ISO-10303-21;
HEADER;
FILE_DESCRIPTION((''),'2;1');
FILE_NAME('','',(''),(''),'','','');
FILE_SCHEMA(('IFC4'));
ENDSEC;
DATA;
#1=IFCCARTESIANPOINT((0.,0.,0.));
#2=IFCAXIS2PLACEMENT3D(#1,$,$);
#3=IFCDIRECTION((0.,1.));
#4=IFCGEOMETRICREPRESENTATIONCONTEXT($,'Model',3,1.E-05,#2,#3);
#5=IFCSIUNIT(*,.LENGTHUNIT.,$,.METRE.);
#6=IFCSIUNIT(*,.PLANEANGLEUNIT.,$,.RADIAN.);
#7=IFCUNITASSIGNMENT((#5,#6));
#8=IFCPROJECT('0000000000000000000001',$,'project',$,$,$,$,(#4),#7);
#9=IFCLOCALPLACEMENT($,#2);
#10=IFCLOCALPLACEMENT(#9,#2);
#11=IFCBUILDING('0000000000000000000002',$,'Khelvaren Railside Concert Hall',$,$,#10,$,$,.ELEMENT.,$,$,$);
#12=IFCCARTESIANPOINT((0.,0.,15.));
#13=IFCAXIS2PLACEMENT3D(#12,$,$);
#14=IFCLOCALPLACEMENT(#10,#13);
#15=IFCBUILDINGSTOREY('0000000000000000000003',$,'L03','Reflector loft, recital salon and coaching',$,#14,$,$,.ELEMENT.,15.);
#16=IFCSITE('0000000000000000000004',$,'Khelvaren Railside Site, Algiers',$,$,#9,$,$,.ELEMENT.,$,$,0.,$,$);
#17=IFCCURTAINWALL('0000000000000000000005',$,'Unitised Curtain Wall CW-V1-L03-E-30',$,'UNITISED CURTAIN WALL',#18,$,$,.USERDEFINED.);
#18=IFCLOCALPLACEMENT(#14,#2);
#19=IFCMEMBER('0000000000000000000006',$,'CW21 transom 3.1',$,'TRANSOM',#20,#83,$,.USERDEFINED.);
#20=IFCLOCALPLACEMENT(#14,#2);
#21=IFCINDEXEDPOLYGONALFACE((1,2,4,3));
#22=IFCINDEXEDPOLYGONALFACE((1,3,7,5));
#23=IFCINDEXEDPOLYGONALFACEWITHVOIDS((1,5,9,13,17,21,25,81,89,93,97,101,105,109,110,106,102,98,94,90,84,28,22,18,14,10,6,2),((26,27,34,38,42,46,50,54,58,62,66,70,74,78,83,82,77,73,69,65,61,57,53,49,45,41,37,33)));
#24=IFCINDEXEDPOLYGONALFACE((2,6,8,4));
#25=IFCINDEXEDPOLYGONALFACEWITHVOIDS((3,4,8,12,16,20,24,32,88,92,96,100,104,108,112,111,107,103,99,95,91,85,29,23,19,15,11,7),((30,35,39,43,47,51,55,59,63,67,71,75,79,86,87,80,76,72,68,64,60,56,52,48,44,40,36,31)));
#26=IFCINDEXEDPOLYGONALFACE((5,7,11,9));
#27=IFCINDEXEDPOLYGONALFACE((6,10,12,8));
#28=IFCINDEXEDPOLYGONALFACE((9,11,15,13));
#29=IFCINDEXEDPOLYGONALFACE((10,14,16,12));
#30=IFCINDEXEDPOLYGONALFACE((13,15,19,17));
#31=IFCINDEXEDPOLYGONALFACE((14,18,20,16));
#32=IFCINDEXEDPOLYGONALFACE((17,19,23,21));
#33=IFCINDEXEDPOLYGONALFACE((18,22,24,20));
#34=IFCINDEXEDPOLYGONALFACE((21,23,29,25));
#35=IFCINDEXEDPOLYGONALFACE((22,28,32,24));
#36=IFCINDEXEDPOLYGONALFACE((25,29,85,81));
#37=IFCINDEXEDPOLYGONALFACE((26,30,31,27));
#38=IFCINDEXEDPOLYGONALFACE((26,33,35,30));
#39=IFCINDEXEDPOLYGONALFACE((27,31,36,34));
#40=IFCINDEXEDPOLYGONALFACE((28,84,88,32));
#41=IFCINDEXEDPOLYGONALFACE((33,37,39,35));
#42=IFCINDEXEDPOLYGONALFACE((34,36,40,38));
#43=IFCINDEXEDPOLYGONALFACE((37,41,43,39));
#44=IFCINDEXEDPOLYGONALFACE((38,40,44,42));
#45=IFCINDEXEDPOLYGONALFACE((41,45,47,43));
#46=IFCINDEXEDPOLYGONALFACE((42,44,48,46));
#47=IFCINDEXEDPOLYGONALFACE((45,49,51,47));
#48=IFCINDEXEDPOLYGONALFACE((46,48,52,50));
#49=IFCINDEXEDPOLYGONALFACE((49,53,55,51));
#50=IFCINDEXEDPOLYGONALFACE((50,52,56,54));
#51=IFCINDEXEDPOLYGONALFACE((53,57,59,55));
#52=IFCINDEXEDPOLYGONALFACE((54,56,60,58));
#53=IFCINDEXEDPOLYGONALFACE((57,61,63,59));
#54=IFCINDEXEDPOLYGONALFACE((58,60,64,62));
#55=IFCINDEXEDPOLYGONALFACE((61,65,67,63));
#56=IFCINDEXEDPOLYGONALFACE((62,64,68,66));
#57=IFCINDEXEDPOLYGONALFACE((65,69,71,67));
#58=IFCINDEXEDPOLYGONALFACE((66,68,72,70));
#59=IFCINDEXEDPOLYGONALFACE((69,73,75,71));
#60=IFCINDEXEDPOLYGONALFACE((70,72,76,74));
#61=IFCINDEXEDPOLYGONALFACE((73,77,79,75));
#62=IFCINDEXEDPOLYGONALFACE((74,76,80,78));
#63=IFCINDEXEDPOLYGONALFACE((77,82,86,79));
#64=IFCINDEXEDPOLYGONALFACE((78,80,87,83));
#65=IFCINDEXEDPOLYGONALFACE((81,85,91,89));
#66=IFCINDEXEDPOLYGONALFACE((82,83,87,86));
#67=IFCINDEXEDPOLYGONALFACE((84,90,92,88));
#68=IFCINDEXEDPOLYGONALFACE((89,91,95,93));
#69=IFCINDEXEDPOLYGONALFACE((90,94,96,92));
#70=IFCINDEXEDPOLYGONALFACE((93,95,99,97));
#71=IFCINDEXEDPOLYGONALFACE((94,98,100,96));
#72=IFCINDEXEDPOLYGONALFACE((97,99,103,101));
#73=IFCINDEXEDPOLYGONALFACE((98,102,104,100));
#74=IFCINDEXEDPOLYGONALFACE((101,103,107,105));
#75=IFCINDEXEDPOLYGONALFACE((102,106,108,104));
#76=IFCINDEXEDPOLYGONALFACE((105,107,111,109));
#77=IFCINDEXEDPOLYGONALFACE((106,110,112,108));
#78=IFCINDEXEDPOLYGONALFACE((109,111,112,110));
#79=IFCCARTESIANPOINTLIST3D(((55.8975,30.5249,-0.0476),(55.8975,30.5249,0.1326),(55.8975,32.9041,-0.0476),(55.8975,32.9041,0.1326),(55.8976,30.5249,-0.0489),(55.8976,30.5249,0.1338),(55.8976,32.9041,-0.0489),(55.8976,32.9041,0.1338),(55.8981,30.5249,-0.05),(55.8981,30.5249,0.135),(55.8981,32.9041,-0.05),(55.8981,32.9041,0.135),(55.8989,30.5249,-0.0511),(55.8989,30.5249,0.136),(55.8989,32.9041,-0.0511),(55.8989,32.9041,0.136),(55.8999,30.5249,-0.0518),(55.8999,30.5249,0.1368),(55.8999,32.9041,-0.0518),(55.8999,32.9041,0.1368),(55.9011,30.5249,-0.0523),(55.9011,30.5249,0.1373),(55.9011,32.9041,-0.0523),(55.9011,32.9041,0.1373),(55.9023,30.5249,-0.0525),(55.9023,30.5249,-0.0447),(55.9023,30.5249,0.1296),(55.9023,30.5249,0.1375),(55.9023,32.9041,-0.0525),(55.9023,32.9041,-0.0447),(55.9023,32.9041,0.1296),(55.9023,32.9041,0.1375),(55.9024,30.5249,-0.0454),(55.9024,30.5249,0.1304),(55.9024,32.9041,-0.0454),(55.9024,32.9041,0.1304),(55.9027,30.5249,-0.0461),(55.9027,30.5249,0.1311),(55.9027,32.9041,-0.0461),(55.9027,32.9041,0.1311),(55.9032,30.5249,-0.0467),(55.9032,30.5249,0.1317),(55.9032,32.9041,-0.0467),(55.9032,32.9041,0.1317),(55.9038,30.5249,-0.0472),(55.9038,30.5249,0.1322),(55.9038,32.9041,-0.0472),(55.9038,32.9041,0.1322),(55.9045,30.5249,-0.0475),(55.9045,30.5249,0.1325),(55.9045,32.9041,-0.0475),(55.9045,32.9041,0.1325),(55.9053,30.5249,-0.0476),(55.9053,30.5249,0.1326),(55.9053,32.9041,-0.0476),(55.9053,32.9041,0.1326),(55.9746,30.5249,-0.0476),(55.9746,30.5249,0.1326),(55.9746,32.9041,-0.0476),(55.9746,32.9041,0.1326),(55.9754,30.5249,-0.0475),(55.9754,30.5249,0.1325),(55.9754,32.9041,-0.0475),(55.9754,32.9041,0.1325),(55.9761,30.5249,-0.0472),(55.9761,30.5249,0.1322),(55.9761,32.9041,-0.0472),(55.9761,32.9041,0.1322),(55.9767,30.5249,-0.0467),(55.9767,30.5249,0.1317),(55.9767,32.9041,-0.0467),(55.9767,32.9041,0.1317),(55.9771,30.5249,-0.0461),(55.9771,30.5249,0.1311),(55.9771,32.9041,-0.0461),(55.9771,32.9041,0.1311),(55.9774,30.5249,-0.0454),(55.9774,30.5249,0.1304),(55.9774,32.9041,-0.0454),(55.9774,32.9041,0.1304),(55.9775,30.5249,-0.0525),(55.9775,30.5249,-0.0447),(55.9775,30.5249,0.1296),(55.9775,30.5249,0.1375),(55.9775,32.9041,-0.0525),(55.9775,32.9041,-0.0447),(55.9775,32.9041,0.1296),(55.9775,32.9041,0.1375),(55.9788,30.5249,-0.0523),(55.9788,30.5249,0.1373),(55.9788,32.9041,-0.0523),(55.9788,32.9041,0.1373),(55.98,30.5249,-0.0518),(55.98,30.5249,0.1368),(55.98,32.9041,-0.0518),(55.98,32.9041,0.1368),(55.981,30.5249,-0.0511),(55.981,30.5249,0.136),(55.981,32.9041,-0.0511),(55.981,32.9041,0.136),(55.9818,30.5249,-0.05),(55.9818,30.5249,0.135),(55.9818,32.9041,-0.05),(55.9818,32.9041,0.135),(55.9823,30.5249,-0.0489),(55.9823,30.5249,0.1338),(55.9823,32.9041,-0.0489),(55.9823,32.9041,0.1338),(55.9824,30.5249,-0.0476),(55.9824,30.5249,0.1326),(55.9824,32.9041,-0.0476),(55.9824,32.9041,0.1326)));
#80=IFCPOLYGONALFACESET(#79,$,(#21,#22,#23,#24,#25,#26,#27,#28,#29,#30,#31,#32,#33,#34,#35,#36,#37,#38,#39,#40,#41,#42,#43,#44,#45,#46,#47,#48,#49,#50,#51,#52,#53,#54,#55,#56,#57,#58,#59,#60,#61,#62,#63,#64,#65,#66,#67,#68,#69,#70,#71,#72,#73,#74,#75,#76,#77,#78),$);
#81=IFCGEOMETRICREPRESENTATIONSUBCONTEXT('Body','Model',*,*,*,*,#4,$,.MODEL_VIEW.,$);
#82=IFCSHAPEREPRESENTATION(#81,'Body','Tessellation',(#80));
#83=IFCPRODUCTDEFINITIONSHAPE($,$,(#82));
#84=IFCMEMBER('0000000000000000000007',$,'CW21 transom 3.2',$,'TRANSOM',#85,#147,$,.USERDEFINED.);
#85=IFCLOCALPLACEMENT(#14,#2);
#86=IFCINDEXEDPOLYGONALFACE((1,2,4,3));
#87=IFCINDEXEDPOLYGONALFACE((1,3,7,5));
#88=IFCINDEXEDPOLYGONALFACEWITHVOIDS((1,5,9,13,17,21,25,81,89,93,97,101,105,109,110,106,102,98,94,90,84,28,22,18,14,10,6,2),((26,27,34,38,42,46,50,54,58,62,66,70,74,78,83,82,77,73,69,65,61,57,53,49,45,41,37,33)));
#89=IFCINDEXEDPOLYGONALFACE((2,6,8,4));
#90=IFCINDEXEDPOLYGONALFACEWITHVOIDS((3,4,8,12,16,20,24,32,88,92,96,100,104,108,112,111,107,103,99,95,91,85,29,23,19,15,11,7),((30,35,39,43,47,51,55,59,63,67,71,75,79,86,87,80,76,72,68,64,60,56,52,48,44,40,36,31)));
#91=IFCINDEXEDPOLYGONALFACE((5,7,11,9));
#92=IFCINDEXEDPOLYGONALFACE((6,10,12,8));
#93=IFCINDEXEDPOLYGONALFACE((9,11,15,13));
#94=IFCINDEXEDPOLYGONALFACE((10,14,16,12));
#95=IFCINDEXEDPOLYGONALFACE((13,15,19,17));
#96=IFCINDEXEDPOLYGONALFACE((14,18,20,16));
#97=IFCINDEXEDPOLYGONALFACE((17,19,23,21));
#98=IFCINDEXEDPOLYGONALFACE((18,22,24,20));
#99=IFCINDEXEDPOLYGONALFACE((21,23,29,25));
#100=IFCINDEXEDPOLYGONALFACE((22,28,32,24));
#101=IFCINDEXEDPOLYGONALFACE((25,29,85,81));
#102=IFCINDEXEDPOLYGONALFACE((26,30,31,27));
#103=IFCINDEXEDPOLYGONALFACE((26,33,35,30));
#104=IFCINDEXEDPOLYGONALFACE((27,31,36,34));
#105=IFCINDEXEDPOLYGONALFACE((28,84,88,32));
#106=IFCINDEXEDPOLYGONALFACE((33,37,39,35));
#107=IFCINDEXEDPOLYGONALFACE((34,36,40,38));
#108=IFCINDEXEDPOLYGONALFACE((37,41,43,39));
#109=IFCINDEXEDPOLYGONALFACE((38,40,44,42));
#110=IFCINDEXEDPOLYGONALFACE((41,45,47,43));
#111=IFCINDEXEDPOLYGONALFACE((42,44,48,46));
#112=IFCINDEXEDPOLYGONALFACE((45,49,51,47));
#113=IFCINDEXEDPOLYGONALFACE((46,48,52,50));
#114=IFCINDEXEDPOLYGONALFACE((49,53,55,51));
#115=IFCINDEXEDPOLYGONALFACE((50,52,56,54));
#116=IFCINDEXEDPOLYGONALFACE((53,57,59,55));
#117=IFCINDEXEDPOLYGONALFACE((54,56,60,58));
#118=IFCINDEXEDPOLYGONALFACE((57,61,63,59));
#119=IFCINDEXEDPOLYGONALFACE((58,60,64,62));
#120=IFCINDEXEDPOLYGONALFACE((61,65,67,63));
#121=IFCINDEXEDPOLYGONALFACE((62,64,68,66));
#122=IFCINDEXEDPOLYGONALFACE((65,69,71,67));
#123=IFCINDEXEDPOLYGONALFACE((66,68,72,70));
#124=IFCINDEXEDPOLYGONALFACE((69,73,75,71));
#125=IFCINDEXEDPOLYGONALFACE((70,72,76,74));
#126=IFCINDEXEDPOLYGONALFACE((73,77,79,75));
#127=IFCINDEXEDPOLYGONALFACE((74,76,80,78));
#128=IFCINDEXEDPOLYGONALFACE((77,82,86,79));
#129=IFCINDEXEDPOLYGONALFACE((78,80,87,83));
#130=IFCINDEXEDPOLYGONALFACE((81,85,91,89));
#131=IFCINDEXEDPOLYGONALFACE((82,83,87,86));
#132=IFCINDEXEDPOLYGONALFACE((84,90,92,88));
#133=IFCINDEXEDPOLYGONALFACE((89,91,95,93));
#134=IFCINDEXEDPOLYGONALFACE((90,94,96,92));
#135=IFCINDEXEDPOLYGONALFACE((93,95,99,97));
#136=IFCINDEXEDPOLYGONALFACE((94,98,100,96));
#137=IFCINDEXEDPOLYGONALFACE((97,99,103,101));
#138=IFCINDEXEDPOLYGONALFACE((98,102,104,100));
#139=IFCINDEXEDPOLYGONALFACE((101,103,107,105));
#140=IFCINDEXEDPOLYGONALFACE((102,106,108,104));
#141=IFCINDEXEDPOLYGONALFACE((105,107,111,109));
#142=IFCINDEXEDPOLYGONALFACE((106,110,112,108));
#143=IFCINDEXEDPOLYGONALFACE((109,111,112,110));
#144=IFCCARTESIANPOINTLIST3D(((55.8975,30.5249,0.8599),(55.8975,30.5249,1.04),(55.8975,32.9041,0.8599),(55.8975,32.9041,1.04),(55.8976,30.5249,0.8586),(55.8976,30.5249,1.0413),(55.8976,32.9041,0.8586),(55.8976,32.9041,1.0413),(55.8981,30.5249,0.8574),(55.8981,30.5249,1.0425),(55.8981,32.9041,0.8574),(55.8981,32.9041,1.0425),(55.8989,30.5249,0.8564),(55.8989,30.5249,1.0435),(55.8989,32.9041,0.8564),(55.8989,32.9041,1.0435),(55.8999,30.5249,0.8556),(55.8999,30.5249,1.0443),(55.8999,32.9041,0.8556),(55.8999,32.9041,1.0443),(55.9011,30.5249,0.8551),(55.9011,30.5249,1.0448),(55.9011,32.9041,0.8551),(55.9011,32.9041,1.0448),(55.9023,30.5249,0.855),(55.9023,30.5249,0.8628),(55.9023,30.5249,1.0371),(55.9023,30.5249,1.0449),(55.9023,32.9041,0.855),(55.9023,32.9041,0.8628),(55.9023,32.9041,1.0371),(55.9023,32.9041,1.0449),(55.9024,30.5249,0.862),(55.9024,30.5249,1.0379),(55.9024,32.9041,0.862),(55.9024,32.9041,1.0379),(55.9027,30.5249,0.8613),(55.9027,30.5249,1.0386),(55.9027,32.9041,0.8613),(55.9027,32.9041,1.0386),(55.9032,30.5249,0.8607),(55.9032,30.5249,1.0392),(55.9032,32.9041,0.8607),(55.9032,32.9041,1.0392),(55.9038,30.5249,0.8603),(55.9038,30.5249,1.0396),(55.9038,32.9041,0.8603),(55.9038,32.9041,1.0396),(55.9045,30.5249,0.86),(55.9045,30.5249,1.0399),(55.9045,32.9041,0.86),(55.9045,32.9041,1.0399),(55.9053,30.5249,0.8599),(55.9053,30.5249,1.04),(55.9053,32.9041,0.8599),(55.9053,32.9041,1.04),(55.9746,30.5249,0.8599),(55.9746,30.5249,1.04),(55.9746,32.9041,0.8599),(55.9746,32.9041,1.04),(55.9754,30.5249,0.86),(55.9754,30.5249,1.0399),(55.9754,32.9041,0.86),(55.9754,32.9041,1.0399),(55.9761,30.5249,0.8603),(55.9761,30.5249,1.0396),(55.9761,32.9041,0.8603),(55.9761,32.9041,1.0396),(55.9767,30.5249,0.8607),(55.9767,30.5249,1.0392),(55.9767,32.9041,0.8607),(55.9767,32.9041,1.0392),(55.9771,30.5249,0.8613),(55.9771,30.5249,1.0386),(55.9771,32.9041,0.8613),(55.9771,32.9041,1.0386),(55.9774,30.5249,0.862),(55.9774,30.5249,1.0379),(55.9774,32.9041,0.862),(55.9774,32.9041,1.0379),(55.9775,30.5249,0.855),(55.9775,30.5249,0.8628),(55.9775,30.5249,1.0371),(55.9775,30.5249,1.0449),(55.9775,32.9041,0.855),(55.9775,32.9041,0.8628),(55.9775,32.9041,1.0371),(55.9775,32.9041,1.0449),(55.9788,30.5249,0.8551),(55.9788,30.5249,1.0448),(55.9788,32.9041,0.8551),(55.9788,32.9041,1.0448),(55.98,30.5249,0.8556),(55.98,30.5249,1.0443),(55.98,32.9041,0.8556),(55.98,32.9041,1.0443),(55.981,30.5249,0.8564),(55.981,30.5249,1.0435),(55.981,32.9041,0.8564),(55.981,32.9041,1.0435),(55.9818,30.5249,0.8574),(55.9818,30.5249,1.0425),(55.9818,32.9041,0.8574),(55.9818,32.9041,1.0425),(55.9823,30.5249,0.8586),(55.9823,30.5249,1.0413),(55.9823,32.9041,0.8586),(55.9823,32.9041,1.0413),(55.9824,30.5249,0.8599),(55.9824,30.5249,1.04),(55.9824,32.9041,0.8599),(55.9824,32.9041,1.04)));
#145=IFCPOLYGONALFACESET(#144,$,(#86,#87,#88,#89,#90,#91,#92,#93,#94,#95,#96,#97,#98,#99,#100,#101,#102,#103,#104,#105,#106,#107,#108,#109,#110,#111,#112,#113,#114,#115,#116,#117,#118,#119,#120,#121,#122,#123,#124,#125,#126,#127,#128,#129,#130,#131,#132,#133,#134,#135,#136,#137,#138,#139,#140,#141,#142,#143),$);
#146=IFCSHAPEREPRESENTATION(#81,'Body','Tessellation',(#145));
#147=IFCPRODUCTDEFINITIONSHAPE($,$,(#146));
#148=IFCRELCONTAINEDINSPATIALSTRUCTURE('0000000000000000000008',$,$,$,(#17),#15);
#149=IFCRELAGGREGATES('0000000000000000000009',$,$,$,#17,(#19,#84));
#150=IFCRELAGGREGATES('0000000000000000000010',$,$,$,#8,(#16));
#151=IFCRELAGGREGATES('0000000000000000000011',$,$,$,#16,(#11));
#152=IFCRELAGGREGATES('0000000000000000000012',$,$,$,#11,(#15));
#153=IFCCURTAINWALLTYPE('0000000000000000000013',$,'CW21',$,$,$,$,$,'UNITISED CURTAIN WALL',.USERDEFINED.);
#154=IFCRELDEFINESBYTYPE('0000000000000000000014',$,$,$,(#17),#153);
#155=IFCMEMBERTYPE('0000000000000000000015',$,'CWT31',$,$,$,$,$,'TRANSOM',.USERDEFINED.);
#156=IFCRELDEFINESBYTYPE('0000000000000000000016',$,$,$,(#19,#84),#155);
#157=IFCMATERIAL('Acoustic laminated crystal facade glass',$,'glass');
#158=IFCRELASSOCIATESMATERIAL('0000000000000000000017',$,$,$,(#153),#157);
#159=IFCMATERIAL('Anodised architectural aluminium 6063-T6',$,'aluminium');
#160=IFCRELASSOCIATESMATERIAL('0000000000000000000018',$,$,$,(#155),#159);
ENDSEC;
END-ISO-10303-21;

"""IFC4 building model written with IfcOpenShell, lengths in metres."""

from ifc_helpers import new_model, si_unit, direction, frame, origin, origin_2d, place, context, subcontext, project, spatial, hollow_rectangle, extrude, material, material_profile, profile_set, type_object, element, aggregate, save


model = new_model("IFC4")

# Units and contexts
model_context = context("Model", 3, precision=1e-05, world=origin(), true_north=direction((0.0, 1.0)))
body_context = subcontext(model_context, "Body", "Model", "MODEL_VIEW")
ifc_project = project(units=[si_unit("LENGTHUNIT", "METRE"), si_unit("PLANEANGLEUNIT", "RADIAN")], contexts=[model_context])

# Site, building, storey
site_placement = place(None, origin())
site = spatial("IfcSite", under=ifc_project, at=site_placement, Name="Khelvaren Railside Site, Algiers", CompositionType="ELEMENT", RefElevation=0.0)
building_placement = place(site_placement, origin())
building = spatial("IfcBuilding", under=site, at=building_placement, Name="Khelvaren Railside Concert Hall", CompositionType="ELEMENT")
storey_placement = place(building_placement, frame((0.0, 0.0, 15.0)))
storey = spatial("IfcBuildingStorey", under=building, at=storey_placement, Name="L03", Description="Reflector loft, recital salon and coaching", CompositionType="ELEMENT", Elevation=15.0)

# Curtain wall, members
ifc_material_1 = material(Name="Anodised architectural aluminium 6063-T6", Category="aluminium")
ifc_material_2 = material(Name="Acoustic laminated crystal facade glass", Category="glass")
curtain_wall_type_1 = type_object("IfcCurtainWallType", Name="CW21", ElementType="UNITISED CURTAIN WALL", PredefinedType="USERDEFINED", material=ifc_material_2)
curtain_wall_1_placement = place(storey_placement, origin())
curtain_wall_1 = element("IfcCurtainWall", 1, at=curtain_wall_1_placement, inside=storey, type_object=curtain_wall_type_1, Name="Unitised Curtain Wall CW-V1-L03-E-30", ObjectType="UNITISED CURTAIN WALL", PredefinedType="USERDEFINED")
ifc_material_profile_1 = material_profile(ifc_material_1, hollow_rectangle(XDim=0.085, YDim=0.1899, WallThickness=0.0049, InnerFilletRadius=0.0029, OuterFilletRadius=0.0049, at=origin_2d()), Name="CWT 85x190x5")
ifc_profile_set_1 = profile_set([ifc_material_profile_1], Name="Anodised architectural aluminium 6063-T6")
member_type_1 = type_object("IfcMemberType", Name="CWT31", ElementType="TRANSOM", PredefinedType="USERDEFINED", material=ifc_profile_set_1)
member_1_placement = place(storey_placement, frame((55.9399, 32.9041, 0.0425), z_axis=(0.0, -1.0, 0.0), x_axis=(1.0, 0.0, 0.0)))
member_1 = element("IfcMember", 2, at=member_1_placement, type_object=member_type_1, Name="CW21 transom 3.1", ObjectType="TRANSOM", PredefinedType="USERDEFINED", context=body_context, shape_type="SweptSolid", body=[
    extrude(hollow_rectangle(XDim=0.085, YDim=0.1899, WallThickness=0.0049, InnerFilletRadius=0.0029, OuterFilletRadius=0.0049, at=origin_2d()), origin(), (0.0, 0.0, 1.0), 2.3792),
])
member_2_placement = place(storey_placement, frame((55.9399, 32.9041, 0.95), z_axis=(0.0, -1.0, 0.0), x_axis=(1.0, 0.0, 0.0)))
member_2 = element("IfcMember", 3, at=member_2_placement, type_object=member_type_1, Name="CW21 transom 3.2", ObjectType="TRANSOM", PredefinedType="USERDEFINED", context=body_context, shape_type="SweptSolid", body=[
    extrude(hollow_rectangle(XDim=0.085, YDim=0.1899, WallThickness=0.0049, InnerFilletRadius=0.0029, OuterFilletRadius=0.0049, at=origin_2d()), origin(), (0.0, 0.0, 1.0), 2.3792),
])

aggregate(curtain_wall_1, [member_1, member_2])

save(model, "model.ifc")
